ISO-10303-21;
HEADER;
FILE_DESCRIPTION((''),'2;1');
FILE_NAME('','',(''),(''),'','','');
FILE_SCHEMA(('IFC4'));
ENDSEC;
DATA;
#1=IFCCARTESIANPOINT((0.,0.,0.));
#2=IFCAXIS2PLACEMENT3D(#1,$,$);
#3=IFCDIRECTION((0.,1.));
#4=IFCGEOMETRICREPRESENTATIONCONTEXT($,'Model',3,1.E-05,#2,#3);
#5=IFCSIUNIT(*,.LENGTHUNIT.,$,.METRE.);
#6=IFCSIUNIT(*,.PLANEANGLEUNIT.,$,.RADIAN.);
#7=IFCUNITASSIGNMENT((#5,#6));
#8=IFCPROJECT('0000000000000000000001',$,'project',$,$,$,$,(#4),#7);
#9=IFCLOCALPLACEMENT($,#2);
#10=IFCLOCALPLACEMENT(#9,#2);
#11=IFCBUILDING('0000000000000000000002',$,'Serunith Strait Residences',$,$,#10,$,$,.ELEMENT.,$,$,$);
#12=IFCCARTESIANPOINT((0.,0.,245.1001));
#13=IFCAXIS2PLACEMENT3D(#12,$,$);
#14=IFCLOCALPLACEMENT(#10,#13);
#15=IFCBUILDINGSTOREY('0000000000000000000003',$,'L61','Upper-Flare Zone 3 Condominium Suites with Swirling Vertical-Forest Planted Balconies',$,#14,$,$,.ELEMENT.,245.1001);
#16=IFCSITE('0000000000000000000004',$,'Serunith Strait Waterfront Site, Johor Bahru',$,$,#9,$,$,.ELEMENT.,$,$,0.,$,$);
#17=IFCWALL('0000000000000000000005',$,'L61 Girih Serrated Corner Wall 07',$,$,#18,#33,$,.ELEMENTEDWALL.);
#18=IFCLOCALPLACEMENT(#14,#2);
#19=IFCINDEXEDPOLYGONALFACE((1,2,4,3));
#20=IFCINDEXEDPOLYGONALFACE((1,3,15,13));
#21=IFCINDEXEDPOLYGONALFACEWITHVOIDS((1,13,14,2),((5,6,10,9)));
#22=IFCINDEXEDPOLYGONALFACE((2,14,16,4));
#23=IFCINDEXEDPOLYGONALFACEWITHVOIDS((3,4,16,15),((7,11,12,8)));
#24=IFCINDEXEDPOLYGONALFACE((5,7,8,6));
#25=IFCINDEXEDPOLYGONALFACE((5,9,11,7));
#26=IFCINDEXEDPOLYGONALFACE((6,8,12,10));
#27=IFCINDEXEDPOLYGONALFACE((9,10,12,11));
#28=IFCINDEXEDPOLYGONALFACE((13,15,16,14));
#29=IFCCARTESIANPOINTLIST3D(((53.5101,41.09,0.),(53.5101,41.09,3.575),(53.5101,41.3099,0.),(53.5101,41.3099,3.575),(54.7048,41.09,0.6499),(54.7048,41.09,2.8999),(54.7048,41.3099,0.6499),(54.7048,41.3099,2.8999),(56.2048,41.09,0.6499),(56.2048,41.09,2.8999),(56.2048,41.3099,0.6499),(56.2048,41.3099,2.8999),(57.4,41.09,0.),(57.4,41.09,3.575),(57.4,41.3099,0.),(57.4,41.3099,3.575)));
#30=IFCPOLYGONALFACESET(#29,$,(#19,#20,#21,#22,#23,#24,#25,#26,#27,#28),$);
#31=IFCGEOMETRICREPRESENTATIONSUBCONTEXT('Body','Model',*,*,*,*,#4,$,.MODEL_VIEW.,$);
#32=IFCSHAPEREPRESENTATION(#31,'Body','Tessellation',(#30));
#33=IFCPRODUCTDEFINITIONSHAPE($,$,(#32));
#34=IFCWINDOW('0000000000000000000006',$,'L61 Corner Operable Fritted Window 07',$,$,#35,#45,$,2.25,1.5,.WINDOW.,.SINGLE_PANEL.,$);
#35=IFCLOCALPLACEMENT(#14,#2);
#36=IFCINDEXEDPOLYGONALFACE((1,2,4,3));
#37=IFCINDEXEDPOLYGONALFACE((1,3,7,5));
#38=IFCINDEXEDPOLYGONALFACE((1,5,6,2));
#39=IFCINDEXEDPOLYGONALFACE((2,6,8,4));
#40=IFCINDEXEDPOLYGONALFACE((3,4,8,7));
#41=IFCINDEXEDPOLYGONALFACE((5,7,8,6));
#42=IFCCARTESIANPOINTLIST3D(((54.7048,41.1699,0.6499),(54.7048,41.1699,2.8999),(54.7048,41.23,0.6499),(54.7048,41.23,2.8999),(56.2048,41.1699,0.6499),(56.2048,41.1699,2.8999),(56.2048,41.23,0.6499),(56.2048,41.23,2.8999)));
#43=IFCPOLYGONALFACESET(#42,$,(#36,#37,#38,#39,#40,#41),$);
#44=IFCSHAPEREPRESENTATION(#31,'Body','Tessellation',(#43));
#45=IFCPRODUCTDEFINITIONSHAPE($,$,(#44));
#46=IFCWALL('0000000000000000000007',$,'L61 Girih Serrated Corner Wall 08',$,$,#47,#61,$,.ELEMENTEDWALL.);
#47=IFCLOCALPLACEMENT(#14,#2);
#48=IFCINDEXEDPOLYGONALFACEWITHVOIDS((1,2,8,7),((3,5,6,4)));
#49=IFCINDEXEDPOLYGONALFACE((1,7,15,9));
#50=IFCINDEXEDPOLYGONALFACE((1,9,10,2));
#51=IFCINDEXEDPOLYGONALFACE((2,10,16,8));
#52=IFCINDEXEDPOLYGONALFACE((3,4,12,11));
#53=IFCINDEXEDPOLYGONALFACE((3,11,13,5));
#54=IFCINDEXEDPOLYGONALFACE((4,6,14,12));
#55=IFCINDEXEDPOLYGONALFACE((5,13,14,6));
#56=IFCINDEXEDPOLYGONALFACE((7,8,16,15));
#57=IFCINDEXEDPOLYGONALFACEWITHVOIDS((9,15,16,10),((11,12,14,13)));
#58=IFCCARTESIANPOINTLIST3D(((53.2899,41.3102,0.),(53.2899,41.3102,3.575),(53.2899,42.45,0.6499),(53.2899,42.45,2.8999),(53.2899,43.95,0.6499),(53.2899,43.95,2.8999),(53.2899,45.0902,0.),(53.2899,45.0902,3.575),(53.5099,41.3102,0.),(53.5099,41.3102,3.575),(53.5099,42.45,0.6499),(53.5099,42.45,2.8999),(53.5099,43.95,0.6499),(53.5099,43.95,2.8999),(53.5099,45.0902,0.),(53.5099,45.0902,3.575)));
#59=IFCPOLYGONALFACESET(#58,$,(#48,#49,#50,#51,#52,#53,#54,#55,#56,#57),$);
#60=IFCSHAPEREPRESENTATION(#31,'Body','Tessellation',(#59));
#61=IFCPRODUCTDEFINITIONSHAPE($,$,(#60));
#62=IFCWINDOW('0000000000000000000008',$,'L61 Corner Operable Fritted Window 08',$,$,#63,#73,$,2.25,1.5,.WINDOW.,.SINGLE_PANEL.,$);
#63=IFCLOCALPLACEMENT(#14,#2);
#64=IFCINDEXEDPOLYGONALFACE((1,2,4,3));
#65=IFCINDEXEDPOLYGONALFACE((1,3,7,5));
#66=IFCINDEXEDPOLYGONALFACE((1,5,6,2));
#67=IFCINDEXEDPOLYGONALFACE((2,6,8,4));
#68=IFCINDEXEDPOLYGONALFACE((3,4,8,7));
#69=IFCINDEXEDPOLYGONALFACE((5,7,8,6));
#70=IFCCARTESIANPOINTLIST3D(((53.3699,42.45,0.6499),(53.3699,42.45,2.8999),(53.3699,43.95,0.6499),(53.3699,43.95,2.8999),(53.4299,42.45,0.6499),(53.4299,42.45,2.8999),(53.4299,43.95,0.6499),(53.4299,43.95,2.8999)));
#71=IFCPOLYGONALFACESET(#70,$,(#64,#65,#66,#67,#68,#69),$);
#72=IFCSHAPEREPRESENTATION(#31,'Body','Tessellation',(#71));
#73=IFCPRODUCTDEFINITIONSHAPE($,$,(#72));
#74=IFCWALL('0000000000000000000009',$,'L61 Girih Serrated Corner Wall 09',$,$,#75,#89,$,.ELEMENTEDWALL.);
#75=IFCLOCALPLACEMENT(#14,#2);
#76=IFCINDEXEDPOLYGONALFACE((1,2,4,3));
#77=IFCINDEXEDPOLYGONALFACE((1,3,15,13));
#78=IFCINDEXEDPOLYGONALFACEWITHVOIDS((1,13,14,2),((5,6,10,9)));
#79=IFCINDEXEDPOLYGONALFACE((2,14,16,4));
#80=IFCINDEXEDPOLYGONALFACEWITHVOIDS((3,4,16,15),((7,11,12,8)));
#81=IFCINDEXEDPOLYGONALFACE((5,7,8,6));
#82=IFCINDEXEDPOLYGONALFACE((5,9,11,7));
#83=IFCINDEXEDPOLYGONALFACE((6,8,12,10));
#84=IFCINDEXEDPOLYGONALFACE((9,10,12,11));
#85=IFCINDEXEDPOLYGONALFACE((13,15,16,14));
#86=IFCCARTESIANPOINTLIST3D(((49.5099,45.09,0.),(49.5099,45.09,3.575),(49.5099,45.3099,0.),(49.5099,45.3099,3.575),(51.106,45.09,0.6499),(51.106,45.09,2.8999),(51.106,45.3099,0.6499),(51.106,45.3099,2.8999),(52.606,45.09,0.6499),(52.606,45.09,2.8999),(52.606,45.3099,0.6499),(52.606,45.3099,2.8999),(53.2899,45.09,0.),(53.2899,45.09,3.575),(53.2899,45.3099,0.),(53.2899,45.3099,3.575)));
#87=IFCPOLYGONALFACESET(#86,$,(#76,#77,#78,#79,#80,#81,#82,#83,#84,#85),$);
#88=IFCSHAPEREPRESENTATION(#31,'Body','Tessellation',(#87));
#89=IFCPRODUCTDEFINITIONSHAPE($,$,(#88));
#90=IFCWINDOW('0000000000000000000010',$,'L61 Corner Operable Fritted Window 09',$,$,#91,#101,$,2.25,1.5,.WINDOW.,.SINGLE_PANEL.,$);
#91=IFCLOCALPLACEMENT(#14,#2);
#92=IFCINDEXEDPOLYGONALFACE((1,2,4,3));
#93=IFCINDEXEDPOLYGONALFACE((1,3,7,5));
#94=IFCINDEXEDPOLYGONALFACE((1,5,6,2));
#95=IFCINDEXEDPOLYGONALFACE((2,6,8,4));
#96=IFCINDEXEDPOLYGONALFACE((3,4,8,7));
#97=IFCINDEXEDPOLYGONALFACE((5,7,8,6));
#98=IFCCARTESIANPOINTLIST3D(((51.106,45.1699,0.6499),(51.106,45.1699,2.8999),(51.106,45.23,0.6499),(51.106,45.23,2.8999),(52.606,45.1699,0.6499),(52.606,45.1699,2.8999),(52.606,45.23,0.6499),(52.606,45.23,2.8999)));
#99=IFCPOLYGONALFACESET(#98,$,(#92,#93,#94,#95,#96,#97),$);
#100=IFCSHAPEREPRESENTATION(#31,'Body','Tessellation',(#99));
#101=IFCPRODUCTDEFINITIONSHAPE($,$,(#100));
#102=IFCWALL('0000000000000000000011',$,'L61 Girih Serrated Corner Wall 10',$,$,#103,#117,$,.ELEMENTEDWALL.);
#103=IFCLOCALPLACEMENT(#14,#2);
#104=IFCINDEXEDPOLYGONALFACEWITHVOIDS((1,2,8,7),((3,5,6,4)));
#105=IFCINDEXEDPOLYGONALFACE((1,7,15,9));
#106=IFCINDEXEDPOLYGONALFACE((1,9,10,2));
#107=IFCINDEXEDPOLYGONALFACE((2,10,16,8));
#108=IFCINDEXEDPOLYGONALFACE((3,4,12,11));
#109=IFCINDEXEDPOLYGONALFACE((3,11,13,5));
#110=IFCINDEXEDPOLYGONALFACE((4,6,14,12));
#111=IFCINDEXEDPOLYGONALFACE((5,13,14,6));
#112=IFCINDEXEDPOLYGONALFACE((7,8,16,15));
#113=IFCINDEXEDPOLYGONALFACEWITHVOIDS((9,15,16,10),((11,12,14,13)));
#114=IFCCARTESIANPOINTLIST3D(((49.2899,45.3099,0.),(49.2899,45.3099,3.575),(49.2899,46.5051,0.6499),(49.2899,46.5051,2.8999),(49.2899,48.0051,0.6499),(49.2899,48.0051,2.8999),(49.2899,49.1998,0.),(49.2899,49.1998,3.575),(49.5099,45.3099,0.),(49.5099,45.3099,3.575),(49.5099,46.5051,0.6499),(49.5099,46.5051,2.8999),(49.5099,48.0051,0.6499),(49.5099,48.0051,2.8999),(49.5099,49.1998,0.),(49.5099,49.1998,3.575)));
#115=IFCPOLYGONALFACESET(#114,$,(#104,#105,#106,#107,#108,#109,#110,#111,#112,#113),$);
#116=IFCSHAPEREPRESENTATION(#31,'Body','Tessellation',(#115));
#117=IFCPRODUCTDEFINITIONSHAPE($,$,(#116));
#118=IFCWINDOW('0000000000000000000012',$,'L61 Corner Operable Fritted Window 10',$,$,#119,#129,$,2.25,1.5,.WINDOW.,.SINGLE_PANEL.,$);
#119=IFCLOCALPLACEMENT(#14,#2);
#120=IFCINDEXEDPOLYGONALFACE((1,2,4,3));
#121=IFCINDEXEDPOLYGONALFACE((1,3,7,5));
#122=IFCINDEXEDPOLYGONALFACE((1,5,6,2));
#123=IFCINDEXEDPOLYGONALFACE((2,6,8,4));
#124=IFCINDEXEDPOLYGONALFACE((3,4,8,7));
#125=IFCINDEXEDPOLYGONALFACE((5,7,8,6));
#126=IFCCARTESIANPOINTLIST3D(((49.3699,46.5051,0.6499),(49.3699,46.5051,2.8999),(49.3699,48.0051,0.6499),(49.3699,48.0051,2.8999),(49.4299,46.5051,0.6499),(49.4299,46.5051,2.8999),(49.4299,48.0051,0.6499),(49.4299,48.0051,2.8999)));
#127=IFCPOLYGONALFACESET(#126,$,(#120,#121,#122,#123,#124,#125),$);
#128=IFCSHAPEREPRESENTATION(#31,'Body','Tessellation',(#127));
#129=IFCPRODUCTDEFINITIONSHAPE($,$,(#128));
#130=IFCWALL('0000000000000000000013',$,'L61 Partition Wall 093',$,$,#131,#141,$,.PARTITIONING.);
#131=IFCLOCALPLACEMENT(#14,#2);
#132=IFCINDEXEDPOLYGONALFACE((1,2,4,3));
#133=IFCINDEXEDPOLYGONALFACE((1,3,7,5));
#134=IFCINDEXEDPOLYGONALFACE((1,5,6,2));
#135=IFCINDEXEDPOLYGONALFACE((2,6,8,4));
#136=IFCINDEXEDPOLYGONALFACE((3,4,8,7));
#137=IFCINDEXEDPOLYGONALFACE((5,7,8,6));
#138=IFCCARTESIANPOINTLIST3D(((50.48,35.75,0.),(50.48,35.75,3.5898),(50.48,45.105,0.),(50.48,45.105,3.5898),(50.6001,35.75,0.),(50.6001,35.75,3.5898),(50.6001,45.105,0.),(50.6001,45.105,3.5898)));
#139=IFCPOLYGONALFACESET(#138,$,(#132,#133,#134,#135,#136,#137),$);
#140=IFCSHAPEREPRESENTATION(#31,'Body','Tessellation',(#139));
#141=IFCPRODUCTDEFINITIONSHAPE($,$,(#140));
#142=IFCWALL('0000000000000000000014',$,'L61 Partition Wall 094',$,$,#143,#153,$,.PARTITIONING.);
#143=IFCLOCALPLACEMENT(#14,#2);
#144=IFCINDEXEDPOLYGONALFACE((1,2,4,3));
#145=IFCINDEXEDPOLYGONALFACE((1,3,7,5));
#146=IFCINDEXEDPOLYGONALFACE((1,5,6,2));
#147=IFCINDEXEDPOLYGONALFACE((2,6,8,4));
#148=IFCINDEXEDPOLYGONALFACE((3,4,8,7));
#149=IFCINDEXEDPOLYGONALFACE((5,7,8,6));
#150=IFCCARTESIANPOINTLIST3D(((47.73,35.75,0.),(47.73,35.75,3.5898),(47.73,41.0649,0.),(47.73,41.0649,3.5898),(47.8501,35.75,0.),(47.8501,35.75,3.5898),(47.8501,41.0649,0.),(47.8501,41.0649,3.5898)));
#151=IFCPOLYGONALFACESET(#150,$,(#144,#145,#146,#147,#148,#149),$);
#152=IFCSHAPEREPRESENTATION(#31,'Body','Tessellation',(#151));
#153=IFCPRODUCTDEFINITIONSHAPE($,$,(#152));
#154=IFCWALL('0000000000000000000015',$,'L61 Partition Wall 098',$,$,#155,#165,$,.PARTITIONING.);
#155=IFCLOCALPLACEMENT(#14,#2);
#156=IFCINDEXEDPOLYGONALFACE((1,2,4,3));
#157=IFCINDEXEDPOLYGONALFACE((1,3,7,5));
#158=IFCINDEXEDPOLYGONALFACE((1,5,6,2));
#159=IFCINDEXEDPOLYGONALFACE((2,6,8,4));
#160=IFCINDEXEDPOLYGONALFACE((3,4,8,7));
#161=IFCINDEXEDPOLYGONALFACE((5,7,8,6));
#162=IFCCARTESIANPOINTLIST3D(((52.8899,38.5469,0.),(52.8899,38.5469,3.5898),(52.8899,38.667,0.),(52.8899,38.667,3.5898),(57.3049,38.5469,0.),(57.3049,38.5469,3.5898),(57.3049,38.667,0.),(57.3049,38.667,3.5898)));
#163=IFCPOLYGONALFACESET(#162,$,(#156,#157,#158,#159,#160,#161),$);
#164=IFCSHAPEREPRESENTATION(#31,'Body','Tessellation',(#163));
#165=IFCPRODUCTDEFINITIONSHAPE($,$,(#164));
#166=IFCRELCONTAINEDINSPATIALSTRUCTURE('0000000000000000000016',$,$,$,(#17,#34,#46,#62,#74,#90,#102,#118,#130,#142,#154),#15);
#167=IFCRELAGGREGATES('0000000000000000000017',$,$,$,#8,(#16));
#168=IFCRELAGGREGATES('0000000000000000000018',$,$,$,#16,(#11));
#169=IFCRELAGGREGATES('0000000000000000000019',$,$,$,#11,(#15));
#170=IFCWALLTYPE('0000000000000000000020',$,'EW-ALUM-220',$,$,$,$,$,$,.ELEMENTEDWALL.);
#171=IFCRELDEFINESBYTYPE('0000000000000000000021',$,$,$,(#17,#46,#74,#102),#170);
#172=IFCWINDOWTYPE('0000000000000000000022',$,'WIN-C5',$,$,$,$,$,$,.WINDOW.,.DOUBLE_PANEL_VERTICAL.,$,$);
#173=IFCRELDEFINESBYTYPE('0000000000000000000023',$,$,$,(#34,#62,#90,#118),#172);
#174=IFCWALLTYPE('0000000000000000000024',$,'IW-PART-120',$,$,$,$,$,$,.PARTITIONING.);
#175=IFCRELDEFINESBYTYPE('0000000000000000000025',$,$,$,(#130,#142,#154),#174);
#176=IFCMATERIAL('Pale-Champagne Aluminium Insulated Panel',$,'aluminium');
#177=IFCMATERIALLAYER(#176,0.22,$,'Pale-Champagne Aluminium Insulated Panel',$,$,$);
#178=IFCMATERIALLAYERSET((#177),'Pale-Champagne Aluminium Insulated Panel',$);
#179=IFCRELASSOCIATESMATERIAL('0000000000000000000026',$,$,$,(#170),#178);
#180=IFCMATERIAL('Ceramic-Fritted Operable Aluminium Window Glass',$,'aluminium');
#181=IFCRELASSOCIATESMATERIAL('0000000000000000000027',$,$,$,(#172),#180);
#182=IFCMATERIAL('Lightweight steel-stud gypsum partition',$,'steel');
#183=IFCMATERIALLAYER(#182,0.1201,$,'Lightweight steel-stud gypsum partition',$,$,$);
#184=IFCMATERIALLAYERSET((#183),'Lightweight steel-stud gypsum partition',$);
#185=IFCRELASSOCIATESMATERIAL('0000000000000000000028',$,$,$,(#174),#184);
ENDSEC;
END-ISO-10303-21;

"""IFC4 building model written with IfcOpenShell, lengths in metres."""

from ifc_helpers import new_model, si_unit, direction, frame, frame_2d, origin, place, context, subcontext, project, spatial, rectangle, extrude, source, transform, mapped, material, layer, layer_set, type_object, element, fill, save


model = new_model("IFC4")

# Units and contexts
model_context = context("Model", 3, precision=1e-05, world=origin(), true_north=direction((0.0, 1.0)))
body_context = subcontext(model_context, "Body", "Model", "MODEL_VIEW")
ifc_project = project(units=[si_unit("LENGTHUNIT", "METRE"), si_unit("PLANEANGLEUNIT", "RADIAN")], contexts=[model_context])

# Site, building, storey
site_placement = place(None, origin())
site = spatial("IfcSite", under=ifc_project, at=site_placement, Name="Serunith Strait Waterfront Site, Johor Bahru", CompositionType="ELEMENT", RefElevation=0.0)
building_placement = place(site_placement, origin())
building = spatial("IfcBuilding", under=site, at=building_placement, Name="Serunith Strait Residences", CompositionType="ELEMENT")
storey_placement = place(building_placement, frame((0.0, 0.0, 245.1001)))
storey = spatial("IfcBuildingStorey", under=building, at=storey_placement, Name="L61", Description="Upper-Flare Zone 3 Condominium Suites with Swirling Vertical-Forest Planted Balconies", CompositionType="ELEMENT", Elevation=245.1001)

# Walls, openings, windows
ifc_material_1 = material(Name="Pale-Champagne Aluminium Insulated Panel", Category="aluminium")
ifc_layer_1 = layer(ifc_material_1, 0.22, Name="Pale-Champagne Aluminium Insulated Panel")
ifc_layer_set_1 = layer_set([ifc_layer_1], Name="Pale-Champagne Aluminium Insulated Panel")
wall_type_1 = type_object("IfcWallType", Name="EW-ALUM-220", PredefinedType="ELEMENTEDWALL", material=ifc_layer_set_1)
wall_1_placement = place(storey_placement, frame((57.3999, 41.2, 0.0), z_axis=(0.0, 0.0, 1.0), x_axis=(-1.0, 0.0, 0.0)))
wall_1 = element("IfcWall", 1, at=wall_1_placement, inside=storey, type_object=wall_type_1, Name="L61 Girih Serrated Corner Wall 07", PredefinedType="ELEMENTEDWALL", context=body_context, shape_type="SweptSolid", body=[
    extrude(rectangle(XDim=3.8899, YDim=0.22, at=frame_2d((1.9448, 0.0))), origin(), (0.0, 0.0, 1.0), 3.575),
])
opening_1_placement = place(wall_1_placement, frame((1.1951, 0.0, 0.6499)))
opening_1 = element("IfcOpeningElement", 2, at=opening_1_placement, cuts=wall_1, PredefinedType="OPENING", context=body_context, shape_type="SweptSolid", body=[
    extrude(rectangle(XDim=1.5, YDim=2.25, at=frame_2d((0.75, 1.125))), frame((0.0, 0.1201, 0.0), z_axis=(0.0, -1.0, 0.0), x_axis=(1.0, 0.0, 0.0)), (0.0, 0.0, 1.0), 0.24),
])
ifc_material_2 = material(Name="Ceramic-Fritted Operable Aluminium Window Glass", Category="aluminium")
window_type = type_object("IfcWindowType", Name="WIN-C5", PartitioningType="DOUBLE_PANEL_VERTICAL", PredefinedType="WINDOW", material=ifc_material_2)
shared_shape_1 = source(origin(), body_context, "Body", "SweptSolid", [
    extrude(rectangle(XDim=1.5, YDim=2.25, at=frame_2d((0.75, 1.125))), frame((0.0, 0.03, 0.0), z_axis=(0.0, -1.0, 0.0), x_axis=(1.0, 0.0, 0.0)), (0.0, 0.0, 1.0), 0.0601),
])
window_1_placement = place(opening_1_placement, origin())
window_1 = element("IfcWindow", 3, at=window_1_placement, inside=storey, type_object=window_type, Name="L61 Corner Operable Fritted Window 07", OverallHeight=2.25, OverallWidth=1.5, PartitioningType="SINGLE_PANEL", PredefinedType="WINDOW", context=body_context, shape_type="MappedRepresentation", body=[
    mapped(shared_shape_1, transform((0.0, 0.0, 0.0), scale=1.0)),
])
fill(opening_1, window_1)
wall_2_placement = place(storey_placement, frame((53.3999, 41.3101, 0.0), z_axis=(0.0, 0.0, 1.0), x_axis=(0.0, 1.0, 0.0)))
wall_2 = element("IfcWall", 4, at=wall_2_placement, inside=storey, type_object=wall_type_1, Name="L61 Girih Serrated Corner Wall 08", PredefinedType="ELEMENTEDWALL", context=body_context, shape_type="SweptSolid", body=[
    extrude(rectangle(XDim=3.78, YDim=0.22, at=frame_2d((1.8901, 0.0))), origin(), (0.0, 0.0, 1.0), 3.575),
])
opening_2_placement = place(wall_2_placement, frame((1.1399, 0.0, 0.6499)))
opening_2 = element("IfcOpeningElement", 5, at=opening_2_placement, cuts=wall_2, PredefinedType="OPENING", context=body_context, shape_type="SweptSolid", body=[
    extrude(rectangle(XDim=1.5, YDim=2.25, at=frame_2d((0.75, 1.125))), frame((0.0, 0.1201, 0.0), z_axis=(0.0, -1.0, 0.0), x_axis=(1.0, 0.0, 0.0)), (0.0, 0.0, 1.0), 0.24),
])
window_2_placement = place(opening_2_placement, origin())
window_2 = element("IfcWindow", 6, at=window_2_placement, inside=storey, type_object=window_type, Name="L61 Corner Operable Fritted Window 08", OverallHeight=2.25, OverallWidth=1.5, PartitioningType="SINGLE_PANEL", PredefinedType="WINDOW", context=body_context, shape_type="MappedRepresentation", body=[
    mapped(shared_shape_1, transform((0.0, 0.0, 0.0), scale=1.0)),
])
fill(opening_2, window_2)
wall_3_placement = place(storey_placement, frame((53.29, 45.2, 0.0), z_axis=(0.0, 0.0, 1.0), x_axis=(-1.0, 0.0, 0.0)))
wall_3 = element("IfcWall", 7, at=wall_3_placement, inside=storey, type_object=wall_type_1, Name="L61 Girih Serrated Corner Wall 09", PredefinedType="ELEMENTEDWALL", context=body_context, shape_type="SweptSolid", body=[
    extrude(rectangle(XDim=3.78, YDim=0.22, at=frame_2d((1.8901, 0.0))), origin(), (0.0, 0.0, 1.0), 3.575),
])
opening_3_placement = place(wall_3_placement, frame((0.6841, 0.0, 0.6499)))
opening_3 = element("IfcOpeningElement", 8, at=opening_3_placement, cuts=wall_3, PredefinedType="OPENING", context=body_context, shape_type="SweptSolid", body=[
    extrude(rectangle(XDim=1.5, YDim=2.25, at=frame_2d((0.75, 1.125))), frame((0.0, 0.1201, 0.0), z_axis=(0.0, -1.0, 0.0), x_axis=(1.0, 0.0, 0.0)), (0.0, 0.0, 1.0), 0.24),
])
window_3_placement = place(opening_3_placement, origin())
window_3 = element("IfcWindow", 9, at=window_3_placement, inside=storey, type_object=window_type, Name="L61 Corner Operable Fritted Window 09", OverallHeight=2.25, OverallWidth=1.5, PartitioningType="SINGLE_PANEL", PredefinedType="WINDOW", context=body_context, shape_type="MappedRepresentation", body=[
    mapped(shared_shape_1, transform((0.0, 0.0, 0.0), scale=1.0)),
])
fill(opening_3, window_3)
wall_4_placement = place(storey_placement, frame((49.3999, 45.3101, 0.0), z_axis=(0.0, 0.0, 1.0), x_axis=(0.0, 1.0, 0.0)))
wall_4 = element("IfcWall", 10, at=wall_4_placement, inside=storey, type_object=wall_type_1, Name="L61 Girih Serrated Corner Wall 10", PredefinedType="ELEMENTEDWALL", context=body_context, shape_type="SweptSolid", body=[
    extrude(rectangle(XDim=3.8899, YDim=0.22, at=frame_2d((1.9448, 0.0))), origin(), (0.0, 0.0, 1.0), 3.575),
])
opening_4_placement = place(wall_4_placement, frame((1.1951, 0.0, 0.6499)))
opening_4 = element("IfcOpeningElement", 11, at=opening_4_placement, cuts=wall_4, PredefinedType="OPENING", context=body_context, shape_type="SweptSolid", body=[
    extrude(rectangle(XDim=1.5, YDim=2.25, at=frame_2d((0.75, 1.125))), frame((0.0, 0.1201, 0.0), z_axis=(0.0, -1.0, 0.0), x_axis=(1.0, 0.0, 0.0)), (0.0, 0.0, 1.0), 0.24),
])
window_4_placement = place(opening_4_placement, origin())
window_4 = element("IfcWindow", 12, at=window_4_placement, inside=storey, type_object=window_type, Name="L61 Corner Operable Fritted Window 10", OverallHeight=2.25, OverallWidth=1.5, PartitioningType="SINGLE_PANEL", PredefinedType="WINDOW", context=body_context, shape_type="MappedRepresentation", body=[
    mapped(shared_shape_1, transform((0.0, 0.0, 0.0), scale=1.0)),
])
fill(opening_4, window_4)

# Walls
ifc_material_3 = material(Name="Lightweight steel-stud gypsum partition", Category="steel")
ifc_layer_2 = layer(ifc_material_3, 0.1201, Name="Lightweight steel-stud gypsum partition")
ifc_layer_set_2 = layer_set([ifc_layer_2], Name="Lightweight steel-stud gypsum partition")
wall_type_2 = type_object("IfcWallType", Name="IW-PART-120", PredefinedType="PARTITIONING", material=ifc_layer_set_2)
wall_5_placement = place(storey_placement, frame((50.54, 45.105, 0.0), z_axis=(0.0, 0.0, 1.0), x_axis=(0.0, -1.0, 0.0)))
element("IfcWall", 13, at=wall_5_placement, inside=storey, type_object=wall_type_2, Name="L61 Partition Wall 093", PredefinedType="PARTITIONING", context=body_context, shape_type="SweptSolid", body=[
    extrude(rectangle(XDim=9.355, YDim=0.1201, at=frame_2d((4.6775, 0.0))), origin(), (0.0, 0.0, 1.0), 3.5898),
])
wall_6_placement = place(storey_placement, frame((47.79, 41.0649, 0.0), z_axis=(0.0, 0.0, 1.0), x_axis=(0.0, -1.0, 0.0)))
element("IfcWall", 14, at=wall_6_placement, inside=storey, type_object=wall_type_2, Name="L61 Partition Wall 094", PredefinedType="PARTITIONING", context=body_context, shape_type="SweptSolid", body=[
    extrude(rectangle(XDim=5.3149, YDim=0.1201, at=frame_2d((2.6575, 0.0))), origin(), (0.0, 0.0, 1.0), 3.5898),
])
wall_7_placement = place(storey_placement, frame((52.8899, 38.6069, 0.0), z_axis=(0.0, 0.0, 1.0), x_axis=(1.0, 0.0, 0.0)))
element("IfcWall", 15, at=wall_7_placement, inside=storey, type_object=wall_type_2, Name="L61 Partition Wall 098", PredefinedType="PARTITIONING", context=body_context, shape_type="SweptSolid", body=[
    extrude(rectangle(XDim=4.415, YDim=0.1201, at=frame_2d((2.2075, 0.0))), origin(), (0.0, 0.0, 1.0), 3.5898),
])

save(model, "model.ifc")
